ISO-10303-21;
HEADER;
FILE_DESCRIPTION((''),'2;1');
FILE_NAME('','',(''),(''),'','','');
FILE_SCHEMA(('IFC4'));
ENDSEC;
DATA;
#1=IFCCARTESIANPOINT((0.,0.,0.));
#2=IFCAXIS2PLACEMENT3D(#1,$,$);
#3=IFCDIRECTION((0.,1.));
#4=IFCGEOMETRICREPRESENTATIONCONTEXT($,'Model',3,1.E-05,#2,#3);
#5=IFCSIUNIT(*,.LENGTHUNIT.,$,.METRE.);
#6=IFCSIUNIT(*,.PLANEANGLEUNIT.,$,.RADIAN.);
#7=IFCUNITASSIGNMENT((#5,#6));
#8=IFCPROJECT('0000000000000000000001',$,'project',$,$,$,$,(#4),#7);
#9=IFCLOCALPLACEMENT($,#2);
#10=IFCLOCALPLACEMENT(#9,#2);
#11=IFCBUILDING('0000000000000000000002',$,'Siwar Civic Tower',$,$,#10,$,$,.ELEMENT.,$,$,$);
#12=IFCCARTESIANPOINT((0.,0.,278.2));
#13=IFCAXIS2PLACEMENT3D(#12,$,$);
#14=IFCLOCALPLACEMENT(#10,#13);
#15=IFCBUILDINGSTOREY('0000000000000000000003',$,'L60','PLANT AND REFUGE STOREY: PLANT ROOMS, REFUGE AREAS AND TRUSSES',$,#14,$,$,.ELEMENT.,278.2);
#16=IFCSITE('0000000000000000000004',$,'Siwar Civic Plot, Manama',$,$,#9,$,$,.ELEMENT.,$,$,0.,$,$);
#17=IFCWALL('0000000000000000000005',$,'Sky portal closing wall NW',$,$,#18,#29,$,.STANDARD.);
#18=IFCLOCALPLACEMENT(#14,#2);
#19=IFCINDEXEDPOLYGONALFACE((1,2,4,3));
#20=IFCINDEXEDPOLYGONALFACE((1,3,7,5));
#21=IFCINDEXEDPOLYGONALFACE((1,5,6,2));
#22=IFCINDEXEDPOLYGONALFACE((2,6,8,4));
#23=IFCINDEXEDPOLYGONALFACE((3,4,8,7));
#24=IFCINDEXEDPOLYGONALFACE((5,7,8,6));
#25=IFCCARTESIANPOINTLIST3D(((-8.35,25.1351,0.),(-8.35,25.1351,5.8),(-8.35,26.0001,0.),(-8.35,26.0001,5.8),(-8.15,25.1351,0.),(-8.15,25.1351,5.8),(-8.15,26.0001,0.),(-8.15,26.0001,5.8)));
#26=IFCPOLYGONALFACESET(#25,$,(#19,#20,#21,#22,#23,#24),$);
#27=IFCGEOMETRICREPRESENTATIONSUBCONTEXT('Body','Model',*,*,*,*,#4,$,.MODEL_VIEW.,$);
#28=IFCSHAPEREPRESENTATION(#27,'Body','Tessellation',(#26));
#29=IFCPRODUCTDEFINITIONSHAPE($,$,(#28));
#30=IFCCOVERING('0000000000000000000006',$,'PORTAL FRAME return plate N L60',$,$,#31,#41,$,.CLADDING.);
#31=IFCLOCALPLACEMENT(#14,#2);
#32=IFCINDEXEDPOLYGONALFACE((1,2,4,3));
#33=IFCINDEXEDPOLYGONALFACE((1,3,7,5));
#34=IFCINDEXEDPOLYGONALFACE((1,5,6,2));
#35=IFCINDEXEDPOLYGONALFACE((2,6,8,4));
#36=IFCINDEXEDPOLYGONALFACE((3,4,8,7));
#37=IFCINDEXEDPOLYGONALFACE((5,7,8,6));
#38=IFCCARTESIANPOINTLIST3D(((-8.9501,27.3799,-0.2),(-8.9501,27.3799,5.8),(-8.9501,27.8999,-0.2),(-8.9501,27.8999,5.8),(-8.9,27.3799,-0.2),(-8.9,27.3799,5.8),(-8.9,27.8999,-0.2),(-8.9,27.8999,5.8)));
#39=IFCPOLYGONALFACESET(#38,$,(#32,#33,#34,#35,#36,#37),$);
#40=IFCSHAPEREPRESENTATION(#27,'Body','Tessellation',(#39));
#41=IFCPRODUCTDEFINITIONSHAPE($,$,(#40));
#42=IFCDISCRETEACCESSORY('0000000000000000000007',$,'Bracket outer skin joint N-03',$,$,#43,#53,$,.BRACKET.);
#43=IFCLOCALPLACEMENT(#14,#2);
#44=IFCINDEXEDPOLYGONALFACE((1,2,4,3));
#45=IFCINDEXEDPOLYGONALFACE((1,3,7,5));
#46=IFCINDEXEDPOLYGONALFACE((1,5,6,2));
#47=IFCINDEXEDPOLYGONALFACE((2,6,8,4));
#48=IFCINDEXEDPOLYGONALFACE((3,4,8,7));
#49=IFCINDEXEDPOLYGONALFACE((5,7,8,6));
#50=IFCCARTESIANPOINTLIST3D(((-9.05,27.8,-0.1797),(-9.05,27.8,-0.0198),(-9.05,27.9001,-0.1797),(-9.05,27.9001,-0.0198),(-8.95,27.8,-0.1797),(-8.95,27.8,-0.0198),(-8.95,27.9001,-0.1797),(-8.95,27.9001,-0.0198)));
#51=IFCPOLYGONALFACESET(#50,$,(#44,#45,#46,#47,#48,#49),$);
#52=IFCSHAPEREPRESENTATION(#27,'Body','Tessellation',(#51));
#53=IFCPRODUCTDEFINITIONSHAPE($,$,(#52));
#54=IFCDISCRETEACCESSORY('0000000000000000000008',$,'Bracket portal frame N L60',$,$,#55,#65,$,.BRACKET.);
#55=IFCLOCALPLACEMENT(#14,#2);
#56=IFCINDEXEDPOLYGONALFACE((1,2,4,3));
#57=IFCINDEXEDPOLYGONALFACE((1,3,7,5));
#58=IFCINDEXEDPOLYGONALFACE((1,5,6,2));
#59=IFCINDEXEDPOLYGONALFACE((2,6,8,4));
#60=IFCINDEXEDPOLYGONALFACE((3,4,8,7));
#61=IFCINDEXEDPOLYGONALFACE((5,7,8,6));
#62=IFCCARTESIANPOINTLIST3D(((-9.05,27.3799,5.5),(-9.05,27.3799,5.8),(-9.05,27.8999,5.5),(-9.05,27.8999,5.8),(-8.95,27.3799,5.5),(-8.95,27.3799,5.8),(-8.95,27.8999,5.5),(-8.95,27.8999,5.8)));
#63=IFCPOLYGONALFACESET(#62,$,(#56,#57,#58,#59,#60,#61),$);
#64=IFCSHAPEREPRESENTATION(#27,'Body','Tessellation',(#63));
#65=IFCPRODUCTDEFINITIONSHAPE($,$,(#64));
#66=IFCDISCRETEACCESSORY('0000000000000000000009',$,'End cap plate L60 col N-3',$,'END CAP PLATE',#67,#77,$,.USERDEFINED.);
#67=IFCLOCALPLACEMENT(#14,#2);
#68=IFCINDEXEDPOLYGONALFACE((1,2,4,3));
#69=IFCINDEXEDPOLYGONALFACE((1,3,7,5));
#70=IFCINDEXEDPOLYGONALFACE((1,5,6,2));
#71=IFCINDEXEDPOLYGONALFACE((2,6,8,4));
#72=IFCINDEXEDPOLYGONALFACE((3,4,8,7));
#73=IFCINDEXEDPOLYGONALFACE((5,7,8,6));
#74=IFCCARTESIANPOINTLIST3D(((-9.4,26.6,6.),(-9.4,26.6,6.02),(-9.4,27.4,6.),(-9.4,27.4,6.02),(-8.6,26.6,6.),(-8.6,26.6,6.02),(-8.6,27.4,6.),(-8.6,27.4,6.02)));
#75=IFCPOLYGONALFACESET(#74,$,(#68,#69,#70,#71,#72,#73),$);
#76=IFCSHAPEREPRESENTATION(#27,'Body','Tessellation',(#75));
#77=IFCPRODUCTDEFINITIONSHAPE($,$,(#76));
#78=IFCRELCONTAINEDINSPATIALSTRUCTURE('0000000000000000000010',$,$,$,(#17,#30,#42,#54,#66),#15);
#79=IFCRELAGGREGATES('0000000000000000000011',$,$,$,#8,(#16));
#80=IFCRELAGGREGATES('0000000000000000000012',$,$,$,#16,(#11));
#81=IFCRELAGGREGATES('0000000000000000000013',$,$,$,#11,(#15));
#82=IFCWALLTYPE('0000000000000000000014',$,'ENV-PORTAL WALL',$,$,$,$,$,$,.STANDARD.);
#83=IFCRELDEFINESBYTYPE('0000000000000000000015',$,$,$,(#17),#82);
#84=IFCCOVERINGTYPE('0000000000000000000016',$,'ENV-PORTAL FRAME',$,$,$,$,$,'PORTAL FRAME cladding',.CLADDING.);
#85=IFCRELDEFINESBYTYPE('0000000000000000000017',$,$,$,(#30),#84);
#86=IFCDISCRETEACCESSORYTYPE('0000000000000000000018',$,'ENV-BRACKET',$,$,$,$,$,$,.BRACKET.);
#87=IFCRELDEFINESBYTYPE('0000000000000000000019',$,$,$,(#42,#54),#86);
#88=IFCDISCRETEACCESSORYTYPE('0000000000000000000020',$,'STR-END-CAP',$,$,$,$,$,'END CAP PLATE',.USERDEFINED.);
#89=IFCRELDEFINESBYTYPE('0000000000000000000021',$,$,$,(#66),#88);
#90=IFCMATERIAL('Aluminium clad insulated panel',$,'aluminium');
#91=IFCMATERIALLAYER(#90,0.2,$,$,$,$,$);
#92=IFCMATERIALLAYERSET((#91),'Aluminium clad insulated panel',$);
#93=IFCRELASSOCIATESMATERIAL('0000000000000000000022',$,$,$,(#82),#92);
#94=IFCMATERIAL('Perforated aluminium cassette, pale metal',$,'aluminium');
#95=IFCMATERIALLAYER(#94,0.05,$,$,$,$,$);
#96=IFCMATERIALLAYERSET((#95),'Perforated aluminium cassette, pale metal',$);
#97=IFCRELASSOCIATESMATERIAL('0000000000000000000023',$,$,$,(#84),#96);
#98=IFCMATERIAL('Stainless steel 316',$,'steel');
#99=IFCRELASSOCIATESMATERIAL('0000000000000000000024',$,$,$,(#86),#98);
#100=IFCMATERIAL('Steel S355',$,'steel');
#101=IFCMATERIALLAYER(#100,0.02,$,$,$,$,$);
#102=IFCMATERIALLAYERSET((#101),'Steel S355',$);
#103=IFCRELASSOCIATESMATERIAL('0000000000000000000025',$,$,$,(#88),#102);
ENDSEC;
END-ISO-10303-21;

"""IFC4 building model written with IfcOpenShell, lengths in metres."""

from ifc_helpers import new_model, si_unit, direction, frame, frame_2d, origin, origin_2d, place, context, subcontext, project, spatial, rectangle, extrude, material, layer, layer_set, type_object, element, save


model = new_model("IFC4")

# Units and contexts
model_context = context("Model", 3, precision=1e-05, world=origin(), true_north=direction((0.0, 1.0)))
body_context = subcontext(model_context, "Body", "Model", "MODEL_VIEW")
ifc_project = project(units=[si_unit("LENGTHUNIT", "METRE"), si_unit("PLANEANGLEUNIT", "RADIAN")], contexts=[model_context])

# Site, building, storey
site_placement = place(None, origin())
site = spatial("IfcSite", under=ifc_project, at=site_placement, Name="Siwar Civic Plot, Manama", CompositionType="ELEMENT", RefElevation=0.0)
building_placement = place(site_placement, origin())
building = spatial("IfcBuilding", under=site, at=building_placement, Name="Siwar Civic Tower", CompositionType="ELEMENT")
storey_placement = place(building_placement, frame((0.0, 0.0, 278.2)))
storey = spatial("IfcBuildingStorey", under=building, at=storey_placement, Name="L60", Description="PLANT AND REFUGE STOREY: PLANT ROOMS, REFUGE AREAS AND TRUSSES", CompositionType="ELEMENT", Elevation=278.2)

# Wall
ifc_material_1 = material(Name="Aluminium clad insulated panel", Category="aluminium")
ifc_layer_1 = layer(ifc_material_1, 0.2)
ifc_layer_set_1 = layer_set([ifc_layer_1], Name="Aluminium clad insulated panel")
wall_type = type_object("IfcWallType", Name="ENV-PORTAL WALL", PredefinedType="STANDARD", material=ifc_layer_set_1)
wall_placement = place(storey_placement, frame((-8.25, 25.135, 0.0), z_axis=(0.0, 0.0, 1.0), x_axis=(0.0, 1.0, 0.0)))
element("IfcWall", 1, at=wall_placement, inside=storey, type_object=wall_type, Name="Sky portal closing wall NW", PredefinedType="STANDARD", context=body_context, shape_type="SweptSolid", body=[
    extrude(rectangle(XDim=0.865, YDim=0.2, at=frame_2d((0.4326, 0.0))), origin(), (0.0, 0.0, 1.0), 5.8),
])

# Covering
ifc_material_2 = material(Name="Perforated aluminium cassette, pale metal", Category="aluminium")
ifc_layer_2 = layer(ifc_material_2, 0.05)
ifc_layer_set_2 = layer_set([ifc_layer_2], Name="Perforated aluminium cassette, pale metal")
covering_type = type_object("IfcCoveringType", Name="ENV-PORTAL FRAME", ElementType="PORTAL FRAME cladding", PredefinedType="CLADDING", material=ifc_layer_set_2)
covering_placement = place(storey_placement, frame((-8.925, 27.6399, -0.2), z_axis=(0.0, 0.0, 1.0), x_axis=(1.0, 0.0, 0.0)))
element("IfcCovering", 2, at=covering_placement, inside=storey, type_object=covering_type, Name="PORTAL FRAME return plate N L60", PredefinedType="CLADDING", context=body_context, shape_type="SweptSolid", body=[
    extrude(rectangle(XDim=0.05, YDim=0.52, at=origin_2d()), origin(), (0.0, 0.0, 1.0), 6.0),
])

# Discrete accessories
ifc_material_3 = material(Name="Stainless steel 316", Category="steel")
discrete_accessory_type_1 = type_object("IfcDiscreteAccessoryType", Name="ENV-BRACKET", PredefinedType="BRACKET", material=ifc_material_3)
discrete_accessory_1_placement = place(storey_placement, frame((-9.0, 27.8501, -0.1797), z_axis=(0.0, 0.0, 1.0), x_axis=(0.0, 1.0, 0.0)))
element("IfcDiscreteAccessory", 3, at=discrete_accessory_1_placement, inside=storey, type_object=discrete_accessory_type_1, Name="Bracket outer skin joint N-03", PredefinedType="BRACKET", context=body_context, shape_type="SweptSolid", body=[
    extrude(rectangle(XDim=0.1001, YDim=0.1001, at=origin_2d()), origin(), (0.0, 0.0, 1.0), 0.1599),
])
discrete_accessory_2_placement = place(storey_placement, frame((-9.0, 27.6399, 5.5), z_axis=(0.0, 0.0, 1.0), x_axis=(0.0, 1.0, 0.0)))
element("IfcDiscreteAccessory", 4, at=discrete_accessory_2_placement, inside=storey, type_object=discrete_accessory_type_1, Name="Bracket portal frame N L60", PredefinedType="BRACKET", context=body_context, shape_type="SweptSolid", body=[
    extrude(rectangle(XDim=0.52, YDim=0.1001, at=origin_2d()), origin(), (0.0, 0.0, 1.0), 0.3),
])
ifc_material_4 = material(Name="Steel S355", Category="steel")
ifc_layer_3 = layer(ifc_material_4, 0.02)
ifc_layer_set_3 = layer_set([ifc_layer_3], Name="Steel S355")
discrete_accessory_type_2 = type_object("IfcDiscreteAccessoryType", Name="STR-END-CAP", ElementType="END CAP PLATE", PredefinedType="USERDEFINED", material=ifc_layer_set_3)
discrete_accessory_3_placement = place(storey_placement, frame((-9.0, 27.0, 6.0), z_axis=(0.0, 0.0, 1.0), x_axis=(1.0, 0.0, 0.0)))
element("IfcDiscreteAccessory", 5, at=discrete_accessory_3_placement, inside=storey, type_object=discrete_accessory_type_2, Name="End cap plate L60 col N-3", ObjectType="END CAP PLATE", PredefinedType="USERDEFINED", context=body_context, shape_type="SweptSolid", body=[
    extrude(rectangle(XDim=0.8, YDim=0.8, at=origin_2d()), origin(), (0.0, 0.0, 1.0), 0.02),
])

save(model, "model.ifc")
